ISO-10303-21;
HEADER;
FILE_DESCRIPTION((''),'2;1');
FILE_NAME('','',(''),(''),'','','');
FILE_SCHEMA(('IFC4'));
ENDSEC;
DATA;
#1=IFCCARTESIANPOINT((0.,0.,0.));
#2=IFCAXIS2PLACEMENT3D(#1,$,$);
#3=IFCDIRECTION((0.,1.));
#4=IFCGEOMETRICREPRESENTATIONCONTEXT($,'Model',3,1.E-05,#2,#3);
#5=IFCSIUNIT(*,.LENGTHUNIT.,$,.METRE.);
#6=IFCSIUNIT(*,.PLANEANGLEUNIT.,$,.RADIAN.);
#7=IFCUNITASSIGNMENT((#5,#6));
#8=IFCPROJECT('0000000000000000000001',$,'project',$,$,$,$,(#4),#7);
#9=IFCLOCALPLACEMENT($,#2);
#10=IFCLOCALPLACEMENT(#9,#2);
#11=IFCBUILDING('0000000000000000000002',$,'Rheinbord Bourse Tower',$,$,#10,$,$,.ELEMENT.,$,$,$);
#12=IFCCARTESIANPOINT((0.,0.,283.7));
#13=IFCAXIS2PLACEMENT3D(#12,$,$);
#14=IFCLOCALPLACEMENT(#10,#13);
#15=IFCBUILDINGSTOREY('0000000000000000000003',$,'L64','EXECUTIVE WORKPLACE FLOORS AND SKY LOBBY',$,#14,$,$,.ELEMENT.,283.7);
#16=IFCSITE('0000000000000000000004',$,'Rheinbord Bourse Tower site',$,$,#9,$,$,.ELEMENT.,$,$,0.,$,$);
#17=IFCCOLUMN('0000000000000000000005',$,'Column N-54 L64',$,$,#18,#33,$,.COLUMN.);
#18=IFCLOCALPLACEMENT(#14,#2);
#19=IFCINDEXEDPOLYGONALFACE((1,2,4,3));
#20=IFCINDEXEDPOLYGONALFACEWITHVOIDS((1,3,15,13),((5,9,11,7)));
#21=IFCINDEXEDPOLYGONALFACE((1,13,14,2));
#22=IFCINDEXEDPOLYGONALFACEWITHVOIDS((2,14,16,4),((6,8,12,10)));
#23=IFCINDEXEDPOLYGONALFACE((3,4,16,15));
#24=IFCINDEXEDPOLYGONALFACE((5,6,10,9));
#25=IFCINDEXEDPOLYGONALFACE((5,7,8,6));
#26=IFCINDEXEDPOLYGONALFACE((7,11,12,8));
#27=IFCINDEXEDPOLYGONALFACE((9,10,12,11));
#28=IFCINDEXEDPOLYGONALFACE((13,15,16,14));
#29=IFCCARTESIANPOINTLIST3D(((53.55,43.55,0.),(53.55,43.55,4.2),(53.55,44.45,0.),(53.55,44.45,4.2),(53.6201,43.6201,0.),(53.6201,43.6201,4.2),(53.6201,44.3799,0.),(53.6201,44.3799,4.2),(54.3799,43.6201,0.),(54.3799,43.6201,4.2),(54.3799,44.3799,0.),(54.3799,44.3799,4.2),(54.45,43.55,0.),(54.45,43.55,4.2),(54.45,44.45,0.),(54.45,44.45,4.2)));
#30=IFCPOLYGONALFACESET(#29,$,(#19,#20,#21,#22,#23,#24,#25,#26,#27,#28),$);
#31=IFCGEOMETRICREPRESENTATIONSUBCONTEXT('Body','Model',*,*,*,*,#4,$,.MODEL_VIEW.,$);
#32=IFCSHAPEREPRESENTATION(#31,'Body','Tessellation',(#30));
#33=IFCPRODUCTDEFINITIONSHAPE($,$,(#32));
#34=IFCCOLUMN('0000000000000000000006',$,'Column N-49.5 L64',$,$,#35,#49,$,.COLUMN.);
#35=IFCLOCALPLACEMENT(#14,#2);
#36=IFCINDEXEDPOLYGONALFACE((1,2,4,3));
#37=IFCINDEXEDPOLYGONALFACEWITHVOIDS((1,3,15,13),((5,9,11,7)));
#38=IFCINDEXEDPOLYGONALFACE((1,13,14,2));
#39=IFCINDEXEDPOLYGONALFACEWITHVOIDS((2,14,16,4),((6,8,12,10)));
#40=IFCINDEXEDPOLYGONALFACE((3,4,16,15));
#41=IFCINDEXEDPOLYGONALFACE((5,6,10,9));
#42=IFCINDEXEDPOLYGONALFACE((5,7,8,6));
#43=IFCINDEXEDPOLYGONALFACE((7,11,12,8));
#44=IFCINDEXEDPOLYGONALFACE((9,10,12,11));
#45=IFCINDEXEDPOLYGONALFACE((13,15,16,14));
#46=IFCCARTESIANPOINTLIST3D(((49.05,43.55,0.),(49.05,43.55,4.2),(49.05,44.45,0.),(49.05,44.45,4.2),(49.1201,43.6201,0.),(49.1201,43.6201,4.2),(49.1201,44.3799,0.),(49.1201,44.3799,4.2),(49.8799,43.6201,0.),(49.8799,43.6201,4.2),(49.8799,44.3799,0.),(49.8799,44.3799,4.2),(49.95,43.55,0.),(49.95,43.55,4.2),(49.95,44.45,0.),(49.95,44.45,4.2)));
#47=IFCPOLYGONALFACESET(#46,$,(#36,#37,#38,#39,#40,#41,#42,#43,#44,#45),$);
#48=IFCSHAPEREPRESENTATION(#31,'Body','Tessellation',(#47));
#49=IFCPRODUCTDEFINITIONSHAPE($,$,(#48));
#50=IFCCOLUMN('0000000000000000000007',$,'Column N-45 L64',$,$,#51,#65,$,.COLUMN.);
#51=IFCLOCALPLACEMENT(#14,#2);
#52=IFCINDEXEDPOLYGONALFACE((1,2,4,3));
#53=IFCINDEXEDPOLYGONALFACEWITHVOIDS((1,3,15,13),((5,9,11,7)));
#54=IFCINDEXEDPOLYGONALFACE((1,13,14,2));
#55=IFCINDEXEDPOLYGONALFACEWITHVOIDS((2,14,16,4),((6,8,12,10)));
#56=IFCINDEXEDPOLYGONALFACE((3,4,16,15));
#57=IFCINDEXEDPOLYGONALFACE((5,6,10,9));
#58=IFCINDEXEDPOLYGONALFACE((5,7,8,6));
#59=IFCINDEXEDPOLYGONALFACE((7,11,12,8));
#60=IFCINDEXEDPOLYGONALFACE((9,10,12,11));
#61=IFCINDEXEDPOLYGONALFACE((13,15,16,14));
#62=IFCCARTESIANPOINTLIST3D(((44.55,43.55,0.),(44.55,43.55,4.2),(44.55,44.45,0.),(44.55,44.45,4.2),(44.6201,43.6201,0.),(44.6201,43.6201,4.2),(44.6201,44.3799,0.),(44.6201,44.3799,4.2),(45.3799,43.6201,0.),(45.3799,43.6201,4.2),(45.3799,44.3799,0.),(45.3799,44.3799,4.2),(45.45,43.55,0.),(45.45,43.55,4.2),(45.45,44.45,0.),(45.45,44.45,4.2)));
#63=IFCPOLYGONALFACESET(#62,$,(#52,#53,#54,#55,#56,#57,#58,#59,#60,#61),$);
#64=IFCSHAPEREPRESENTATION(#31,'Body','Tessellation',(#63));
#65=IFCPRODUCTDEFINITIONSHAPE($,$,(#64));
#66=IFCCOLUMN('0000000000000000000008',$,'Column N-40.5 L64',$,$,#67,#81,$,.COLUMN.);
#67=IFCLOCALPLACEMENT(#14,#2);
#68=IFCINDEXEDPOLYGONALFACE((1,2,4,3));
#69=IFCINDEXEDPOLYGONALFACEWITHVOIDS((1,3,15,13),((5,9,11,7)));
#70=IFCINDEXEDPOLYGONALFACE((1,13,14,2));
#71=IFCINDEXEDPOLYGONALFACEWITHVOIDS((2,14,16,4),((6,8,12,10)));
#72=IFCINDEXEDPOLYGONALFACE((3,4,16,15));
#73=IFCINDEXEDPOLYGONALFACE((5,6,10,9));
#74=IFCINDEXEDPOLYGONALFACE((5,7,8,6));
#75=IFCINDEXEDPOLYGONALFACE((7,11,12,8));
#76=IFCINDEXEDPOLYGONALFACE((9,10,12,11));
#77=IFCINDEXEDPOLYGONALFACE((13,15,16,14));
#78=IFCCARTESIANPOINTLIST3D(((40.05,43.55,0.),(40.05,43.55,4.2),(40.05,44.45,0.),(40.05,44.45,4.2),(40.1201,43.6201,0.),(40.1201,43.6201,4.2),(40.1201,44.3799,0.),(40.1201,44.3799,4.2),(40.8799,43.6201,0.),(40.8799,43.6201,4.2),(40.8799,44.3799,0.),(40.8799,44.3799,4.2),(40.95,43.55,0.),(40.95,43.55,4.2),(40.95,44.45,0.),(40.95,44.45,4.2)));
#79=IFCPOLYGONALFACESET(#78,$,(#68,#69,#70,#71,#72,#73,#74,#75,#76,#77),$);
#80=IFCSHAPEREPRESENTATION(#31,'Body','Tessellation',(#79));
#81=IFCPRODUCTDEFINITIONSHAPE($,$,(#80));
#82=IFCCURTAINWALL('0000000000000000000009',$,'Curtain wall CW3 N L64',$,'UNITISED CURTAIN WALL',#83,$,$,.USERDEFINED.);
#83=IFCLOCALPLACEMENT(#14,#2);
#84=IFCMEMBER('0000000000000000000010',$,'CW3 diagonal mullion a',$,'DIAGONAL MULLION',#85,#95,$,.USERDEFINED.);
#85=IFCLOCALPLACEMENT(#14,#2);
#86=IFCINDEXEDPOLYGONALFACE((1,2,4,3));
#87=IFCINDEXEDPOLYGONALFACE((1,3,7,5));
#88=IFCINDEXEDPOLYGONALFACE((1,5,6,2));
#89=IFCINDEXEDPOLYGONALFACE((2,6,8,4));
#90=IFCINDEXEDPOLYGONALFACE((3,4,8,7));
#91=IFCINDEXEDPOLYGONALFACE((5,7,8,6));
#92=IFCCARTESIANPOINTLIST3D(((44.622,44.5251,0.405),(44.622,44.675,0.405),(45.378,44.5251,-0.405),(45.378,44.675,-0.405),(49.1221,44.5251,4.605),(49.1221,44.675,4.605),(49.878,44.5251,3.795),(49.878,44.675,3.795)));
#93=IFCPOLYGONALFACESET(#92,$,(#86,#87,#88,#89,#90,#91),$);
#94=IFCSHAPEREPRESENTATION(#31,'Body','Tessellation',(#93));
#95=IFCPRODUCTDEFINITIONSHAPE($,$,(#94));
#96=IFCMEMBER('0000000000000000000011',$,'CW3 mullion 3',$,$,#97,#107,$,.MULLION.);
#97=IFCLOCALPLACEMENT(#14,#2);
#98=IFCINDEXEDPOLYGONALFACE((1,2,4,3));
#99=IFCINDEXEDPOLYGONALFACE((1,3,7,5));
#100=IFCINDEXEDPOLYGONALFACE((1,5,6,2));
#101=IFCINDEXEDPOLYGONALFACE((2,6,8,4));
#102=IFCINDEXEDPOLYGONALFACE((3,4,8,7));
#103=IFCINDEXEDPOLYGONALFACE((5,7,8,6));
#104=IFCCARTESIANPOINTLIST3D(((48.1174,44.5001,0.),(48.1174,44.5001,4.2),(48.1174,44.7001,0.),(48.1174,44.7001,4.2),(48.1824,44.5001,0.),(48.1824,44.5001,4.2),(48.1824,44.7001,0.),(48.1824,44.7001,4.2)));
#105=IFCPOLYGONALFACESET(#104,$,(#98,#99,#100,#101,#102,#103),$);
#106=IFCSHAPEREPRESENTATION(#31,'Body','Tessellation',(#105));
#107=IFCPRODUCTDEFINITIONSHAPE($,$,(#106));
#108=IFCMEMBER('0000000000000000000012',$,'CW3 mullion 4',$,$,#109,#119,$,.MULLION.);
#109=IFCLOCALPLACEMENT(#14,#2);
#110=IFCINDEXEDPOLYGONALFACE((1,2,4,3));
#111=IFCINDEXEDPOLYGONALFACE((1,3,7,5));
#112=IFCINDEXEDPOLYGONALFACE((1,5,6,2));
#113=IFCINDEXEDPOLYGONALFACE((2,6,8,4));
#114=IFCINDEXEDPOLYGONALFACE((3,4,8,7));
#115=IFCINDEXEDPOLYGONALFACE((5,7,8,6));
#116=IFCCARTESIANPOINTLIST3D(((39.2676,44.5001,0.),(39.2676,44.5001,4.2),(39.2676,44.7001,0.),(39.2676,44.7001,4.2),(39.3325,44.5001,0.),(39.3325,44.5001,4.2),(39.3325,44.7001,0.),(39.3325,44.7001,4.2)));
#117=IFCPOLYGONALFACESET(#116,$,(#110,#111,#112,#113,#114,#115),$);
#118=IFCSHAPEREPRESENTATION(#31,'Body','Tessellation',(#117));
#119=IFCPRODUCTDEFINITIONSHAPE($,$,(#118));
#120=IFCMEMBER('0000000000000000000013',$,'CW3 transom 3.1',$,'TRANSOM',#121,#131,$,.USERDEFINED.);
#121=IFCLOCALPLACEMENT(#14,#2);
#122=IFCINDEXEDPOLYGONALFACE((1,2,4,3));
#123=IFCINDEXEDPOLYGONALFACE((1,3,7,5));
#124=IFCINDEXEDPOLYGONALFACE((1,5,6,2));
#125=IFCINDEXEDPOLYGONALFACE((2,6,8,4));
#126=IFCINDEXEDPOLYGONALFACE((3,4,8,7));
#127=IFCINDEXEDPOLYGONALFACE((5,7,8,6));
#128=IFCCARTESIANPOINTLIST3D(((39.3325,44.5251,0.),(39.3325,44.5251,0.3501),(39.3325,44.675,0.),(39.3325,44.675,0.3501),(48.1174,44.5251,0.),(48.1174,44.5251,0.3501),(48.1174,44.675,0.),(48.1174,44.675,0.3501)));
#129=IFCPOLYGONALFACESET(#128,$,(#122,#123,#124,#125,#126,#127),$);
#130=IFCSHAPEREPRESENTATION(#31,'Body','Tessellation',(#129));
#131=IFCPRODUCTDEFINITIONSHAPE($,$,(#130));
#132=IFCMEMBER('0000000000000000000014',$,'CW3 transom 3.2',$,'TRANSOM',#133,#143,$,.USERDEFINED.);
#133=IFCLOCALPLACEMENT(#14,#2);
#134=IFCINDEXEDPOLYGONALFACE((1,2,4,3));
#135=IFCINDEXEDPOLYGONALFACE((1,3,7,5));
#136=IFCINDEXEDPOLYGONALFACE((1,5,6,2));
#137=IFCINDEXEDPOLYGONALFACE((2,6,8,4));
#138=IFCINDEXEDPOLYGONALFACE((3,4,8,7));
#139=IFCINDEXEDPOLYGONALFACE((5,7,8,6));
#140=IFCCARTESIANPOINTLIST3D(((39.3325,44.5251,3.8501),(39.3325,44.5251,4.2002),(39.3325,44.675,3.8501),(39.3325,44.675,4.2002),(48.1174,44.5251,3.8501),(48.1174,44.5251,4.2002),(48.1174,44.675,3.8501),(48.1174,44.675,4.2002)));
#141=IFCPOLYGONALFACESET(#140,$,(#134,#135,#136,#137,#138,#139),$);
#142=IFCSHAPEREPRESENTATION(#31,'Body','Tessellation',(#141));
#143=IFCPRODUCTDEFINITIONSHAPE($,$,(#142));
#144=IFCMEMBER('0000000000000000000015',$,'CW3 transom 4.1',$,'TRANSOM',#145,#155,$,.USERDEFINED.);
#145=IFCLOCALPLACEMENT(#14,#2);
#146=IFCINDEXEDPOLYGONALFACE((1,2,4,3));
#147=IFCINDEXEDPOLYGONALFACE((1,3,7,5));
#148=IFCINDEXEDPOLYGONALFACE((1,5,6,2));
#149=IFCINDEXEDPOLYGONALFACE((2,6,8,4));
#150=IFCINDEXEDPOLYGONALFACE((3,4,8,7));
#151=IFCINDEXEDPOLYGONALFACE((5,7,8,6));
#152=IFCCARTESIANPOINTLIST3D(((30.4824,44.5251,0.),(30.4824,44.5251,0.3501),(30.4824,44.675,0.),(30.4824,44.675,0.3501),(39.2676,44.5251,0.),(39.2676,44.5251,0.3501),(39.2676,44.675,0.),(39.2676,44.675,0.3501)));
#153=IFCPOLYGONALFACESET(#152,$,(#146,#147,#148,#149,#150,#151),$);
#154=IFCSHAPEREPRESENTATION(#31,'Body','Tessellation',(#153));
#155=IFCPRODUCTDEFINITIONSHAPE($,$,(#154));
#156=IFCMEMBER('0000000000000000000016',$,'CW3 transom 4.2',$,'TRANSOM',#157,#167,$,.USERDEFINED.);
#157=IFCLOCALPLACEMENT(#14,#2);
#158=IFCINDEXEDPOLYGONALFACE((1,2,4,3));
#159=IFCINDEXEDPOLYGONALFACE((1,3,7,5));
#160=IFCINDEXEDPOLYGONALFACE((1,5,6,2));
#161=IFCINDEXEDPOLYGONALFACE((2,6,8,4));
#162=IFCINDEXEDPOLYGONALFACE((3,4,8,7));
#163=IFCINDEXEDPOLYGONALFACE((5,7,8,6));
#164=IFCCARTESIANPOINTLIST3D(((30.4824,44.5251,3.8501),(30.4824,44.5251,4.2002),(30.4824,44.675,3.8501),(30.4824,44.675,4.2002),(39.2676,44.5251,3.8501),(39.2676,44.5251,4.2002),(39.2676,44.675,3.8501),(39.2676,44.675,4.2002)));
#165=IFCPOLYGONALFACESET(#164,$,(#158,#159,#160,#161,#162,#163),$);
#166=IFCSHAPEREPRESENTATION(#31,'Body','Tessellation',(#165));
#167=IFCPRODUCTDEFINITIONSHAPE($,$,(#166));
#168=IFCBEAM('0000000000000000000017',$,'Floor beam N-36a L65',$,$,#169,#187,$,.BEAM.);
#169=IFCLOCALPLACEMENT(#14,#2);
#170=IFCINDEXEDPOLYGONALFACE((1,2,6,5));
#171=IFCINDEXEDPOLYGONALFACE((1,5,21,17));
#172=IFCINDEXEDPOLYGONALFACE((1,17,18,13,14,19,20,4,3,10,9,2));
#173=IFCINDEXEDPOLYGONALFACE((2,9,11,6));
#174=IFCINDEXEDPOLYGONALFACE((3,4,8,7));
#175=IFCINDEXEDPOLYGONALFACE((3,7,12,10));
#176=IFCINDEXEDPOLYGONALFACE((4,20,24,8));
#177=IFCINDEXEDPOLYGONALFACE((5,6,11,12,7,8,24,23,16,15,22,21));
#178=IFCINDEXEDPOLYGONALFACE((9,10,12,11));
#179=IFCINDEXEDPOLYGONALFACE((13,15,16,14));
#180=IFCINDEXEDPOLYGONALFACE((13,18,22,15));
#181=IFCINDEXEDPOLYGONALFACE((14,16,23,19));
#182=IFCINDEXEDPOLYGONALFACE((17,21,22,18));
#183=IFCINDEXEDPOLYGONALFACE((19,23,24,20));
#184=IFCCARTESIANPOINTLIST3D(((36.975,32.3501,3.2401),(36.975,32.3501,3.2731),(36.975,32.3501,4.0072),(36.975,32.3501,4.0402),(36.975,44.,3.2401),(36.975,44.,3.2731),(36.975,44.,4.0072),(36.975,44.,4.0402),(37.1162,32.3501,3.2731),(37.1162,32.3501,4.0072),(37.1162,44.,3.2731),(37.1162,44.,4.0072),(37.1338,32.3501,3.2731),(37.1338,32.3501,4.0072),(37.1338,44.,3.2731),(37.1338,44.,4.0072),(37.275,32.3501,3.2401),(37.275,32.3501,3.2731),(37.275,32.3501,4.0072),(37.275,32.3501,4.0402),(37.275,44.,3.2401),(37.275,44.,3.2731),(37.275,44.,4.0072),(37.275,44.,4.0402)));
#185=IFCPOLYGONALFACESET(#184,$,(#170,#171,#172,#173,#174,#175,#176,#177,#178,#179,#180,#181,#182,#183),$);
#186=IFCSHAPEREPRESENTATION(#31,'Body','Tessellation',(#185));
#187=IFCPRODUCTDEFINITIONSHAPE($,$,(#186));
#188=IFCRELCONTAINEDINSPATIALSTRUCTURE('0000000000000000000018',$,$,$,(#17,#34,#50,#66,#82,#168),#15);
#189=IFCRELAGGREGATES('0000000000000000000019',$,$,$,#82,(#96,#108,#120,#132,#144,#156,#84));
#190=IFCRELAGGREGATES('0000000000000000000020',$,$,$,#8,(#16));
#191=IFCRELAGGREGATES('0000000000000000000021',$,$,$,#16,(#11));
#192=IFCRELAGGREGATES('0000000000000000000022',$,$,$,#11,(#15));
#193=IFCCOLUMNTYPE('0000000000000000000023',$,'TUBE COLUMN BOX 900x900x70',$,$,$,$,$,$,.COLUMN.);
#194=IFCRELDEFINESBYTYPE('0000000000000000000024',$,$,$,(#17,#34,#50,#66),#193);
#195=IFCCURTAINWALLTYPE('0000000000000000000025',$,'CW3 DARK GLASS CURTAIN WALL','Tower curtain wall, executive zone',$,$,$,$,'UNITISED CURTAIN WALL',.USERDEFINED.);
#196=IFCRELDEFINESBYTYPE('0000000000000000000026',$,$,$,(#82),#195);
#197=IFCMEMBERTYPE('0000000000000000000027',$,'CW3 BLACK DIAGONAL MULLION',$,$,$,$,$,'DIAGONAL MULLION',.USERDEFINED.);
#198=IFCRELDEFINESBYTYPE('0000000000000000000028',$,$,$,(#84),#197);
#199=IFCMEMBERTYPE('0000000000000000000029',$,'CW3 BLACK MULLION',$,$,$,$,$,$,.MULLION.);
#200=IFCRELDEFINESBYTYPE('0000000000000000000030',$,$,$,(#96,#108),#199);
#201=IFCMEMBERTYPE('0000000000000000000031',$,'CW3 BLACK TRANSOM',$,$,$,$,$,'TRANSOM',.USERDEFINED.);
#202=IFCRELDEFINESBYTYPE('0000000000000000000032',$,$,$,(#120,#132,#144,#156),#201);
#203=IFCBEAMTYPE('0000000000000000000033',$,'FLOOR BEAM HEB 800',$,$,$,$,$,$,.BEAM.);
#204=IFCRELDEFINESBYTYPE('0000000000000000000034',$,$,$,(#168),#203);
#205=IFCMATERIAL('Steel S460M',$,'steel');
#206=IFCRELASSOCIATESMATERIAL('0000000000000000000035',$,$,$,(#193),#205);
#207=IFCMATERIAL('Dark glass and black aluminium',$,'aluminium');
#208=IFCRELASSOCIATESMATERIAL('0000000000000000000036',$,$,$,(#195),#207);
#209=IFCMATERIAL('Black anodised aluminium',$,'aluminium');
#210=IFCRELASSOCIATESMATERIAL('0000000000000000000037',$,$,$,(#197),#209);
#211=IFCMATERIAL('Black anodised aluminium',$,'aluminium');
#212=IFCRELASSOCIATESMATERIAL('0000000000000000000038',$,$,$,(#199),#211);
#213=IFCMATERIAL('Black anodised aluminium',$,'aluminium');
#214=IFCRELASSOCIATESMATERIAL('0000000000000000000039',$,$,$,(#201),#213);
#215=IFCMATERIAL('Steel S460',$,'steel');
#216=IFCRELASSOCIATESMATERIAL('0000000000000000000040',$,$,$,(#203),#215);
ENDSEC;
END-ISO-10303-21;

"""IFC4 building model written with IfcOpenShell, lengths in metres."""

from ifc_helpers import new_model, si_unit, direction, frame, origin, origin_2d, place, context, subcontext, project, spatial, rectangle, hollow_rectangle, i_section, extrude, material, material_profile, profile_set, type_object, element, aggregate, save


model = new_model("IFC4")

# Units and contexts
model_context = context("Model", 3, precision=1e-05, world=origin(), true_north=direction((0.0, 1.0)))
body_context = subcontext(model_context, "Body", "Model", "MODEL_VIEW")
ifc_project = project(units=[si_unit("LENGTHUNIT", "METRE"), si_unit("PLANEANGLEUNIT", "RADIAN")], contexts=[model_context])

# Site, building, storey
site_placement = place(None, origin())
site = spatial("IfcSite", under=ifc_project, at=site_placement, Name="Rheinbord Bourse Tower site", CompositionType="ELEMENT", RefElevation=0.0)
building_placement = place(site_placement, origin())
building = spatial("IfcBuilding", under=site, at=building_placement, Name="Rheinbord Bourse Tower", CompositionType="ELEMENT")
storey_placement = place(building_placement, frame((0.0, 0.0, 283.7)))
storey = spatial("IfcBuildingStorey", under=building, at=storey_placement, Name="L64", Description="EXECUTIVE WORKPLACE FLOORS AND SKY LOBBY", CompositionType="ELEMENT", Elevation=283.7)

# Columns
ifc_material_1 = material(Name="Steel S460M", Category="steel")
ifc_material_profile_1 = material_profile(ifc_material_1, hollow_rectangle(XDim=0.8999, YDim=0.8999, WallThickness=0.0701, at=origin_2d()), Name="BOX 900x900x70")
ifc_profile_set_1 = profile_set([ifc_material_profile_1], Name="Steel S460M")
column_type = type_object("IfcColumnType", Name="TUBE COLUMN BOX 900x900x70", PredefinedType="COLUMN", material=ifc_profile_set_1)
for number, where, z_axis, x_axis, name in (
    (1, (54.0, 44.0, 0.0), (0.0, 0.0, 1.0), (0.0, 1.0, 0.0), "Column N-54 L64"),
    (2, (49.5, 44.0, 0.0), (0.0, 0.0, 1.0), (0.0, 1.0, 0.0), "Column N-49.5 L64"),
    (3, (45.0, 44.0, 0.0), (0.0, 0.0, 1.0), (0.0, 1.0, 0.0), "Column N-45 L64"),
    (4, (40.5, 44.0, 0.0), (0.0, 0.0, 1.0), (0.0, 1.0, 0.0), "Column N-40.5 L64"),
):
    element("IfcColumn", number, at=place(storey_placement, frame(where, z_axis=z_axis, x_axis=x_axis)), inside=storey, type_object=column_type, Name=name, PredefinedType="COLUMN", context=body_context, shape_type="SweptSolid", body=[
        extrude(hollow_rectangle(XDim=0.8999, YDim=0.8999, WallThickness=0.0701, at=origin_2d()), origin(), (0.0, 0.0, 1.0), 4.2),
    ])

# Curtain wall, members
ifc_material_2 = material(Name="Dark glass and black aluminium", Category="aluminium")
curtain_wall_type = type_object("IfcCurtainWallType", Name="CW3 DARK GLASS CURTAIN WALL", Description="Tower curtain wall, executive zone", ElementType="UNITISED CURTAIN WALL", PredefinedType="USERDEFINED", material=ifc_material_2)
curtain_wall_placement = place(storey_placement, origin())
curtain_wall = element("IfcCurtainWall", 5, at=curtain_wall_placement, inside=storey, type_object=curtain_wall_type, Name="Curtain wall CW3 N L64", ObjectType="UNITISED CURTAIN WALL", PredefinedType="USERDEFINED")
ifc_material_3 = material(Name="Black anodised aluminium", Category="aluminium")
ifc_material_profile_2 = material_profile(ifc_material_3, rectangle(XDim=0.1499, YDim=1.1079, at=origin_2d()), Name="CW3 DIAGONAL MULLION 1108x150")
ifc_profile_set_2 = profile_set([ifc_material_profile_2], Name="Black anodised aluminium")
member_type_1 = type_object("IfcMemberType", Name="CW3 BLACK DIAGONAL MULLION", ElementType="DIAGONAL MULLION", PredefinedType="USERDEFINED", material=ifc_profile_set_2)
member_1_placement = place(storey_placement, frame((45.0, 44.6001, 0.0), z_axis=(0.731059, 0.0, 0.682314), x_axis=(0.0, 1.0, 0.0)))
member_1 = element("IfcMember", 6, at=member_1_placement, type_object=member_type_1, Name="CW3 diagonal mullion a", ObjectType="DIAGONAL MULLION", PredefinedType="USERDEFINED", context=body_context, shape_type="SweptSolid", body=[
    extrude(rectangle(XDim=0.1499, YDim=1.1079, at=origin_2d()), origin(), (0.0, 0.0, 1.0), 6.1555),
])
ifc_material_4 = material(Name="Black anodised aluminium", Category="aluminium")
ifc_material_profile_3 = material_profile(ifc_material_4, rectangle(XDim=0.2, YDim=0.0649, at=origin_2d()), Name="CW3 MULLION 65x200")
ifc_profile_set_3 = profile_set([ifc_material_profile_3], Name="Black anodised aluminium")
member_type_2 = type_object("IfcMemberType", Name="CW3 BLACK MULLION", PredefinedType="MULLION", material=ifc_profile_set_3)
member_2_placement = place(storey_placement, frame((48.1499, 44.6001, 0.0), z_axis=(0.0, 0.0, 1.0), x_axis=(0.0, -1.0, 0.0)))
member_2 = element("IfcMember", 7, at=member_2_placement, type_object=member_type_2, Name="CW3 mullion 3", PredefinedType="MULLION", context=body_context, shape_type="SweptSolid", body=[
    extrude(rectangle(XDim=0.2, YDim=0.0649, at=origin_2d()), origin(), (0.0, 0.0, 1.0), 4.2),
])
member_3_placement = place(storey_placement, frame((39.3, 44.6001, 0.0), z_axis=(0.0, 0.0, 1.0), x_axis=(0.0, -1.0, 0.0)))
member_3 = element("IfcMember", 8, at=member_3_placement, type_object=member_type_2, Name="CW3 mullion 4", PredefinedType="MULLION", context=body_context, shape_type="SweptSolid", body=[
    extrude(rectangle(XDim=0.2, YDim=0.0649, at=origin_2d()), origin(), (0.0, 0.0, 1.0), 4.2),
])
ifc_material_5 = material(Name="Black anodised aluminium", Category="aluminium")
ifc_material_profile_4 = material_profile(ifc_material_5, rectangle(XDim=0.1499, YDim=0.3501, at=origin_2d()), Name="CW3 TRANSOM 350x150")
ifc_profile_set_4 = profile_set([ifc_material_profile_4], Name="Black anodised aluminium")
member_type_3 = type_object("IfcMemberType", Name="CW3 BLACK TRANSOM", ElementType="TRANSOM", PredefinedType="USERDEFINED", material=ifc_profile_set_4)
member_4_placement = place(storey_placement, frame((48.1174, 44.6001, 0.175), z_axis=(-1.0, 0.0, 0.0), x_axis=(0.0, -1.0, 0.0)))
member_4 = element("IfcMember", 9, at=member_4_placement, type_object=member_type_3, Name="CW3 transom 3.1", ObjectType="TRANSOM", PredefinedType="USERDEFINED", context=body_context, shape_type="SweptSolid", body=[
    extrude(rectangle(XDim=0.1499, YDim=0.3501, at=origin_2d()), origin(), (0.0, 0.0, 1.0), 8.7849),
])
member_5_placement = place(storey_placement, frame((48.1174, 44.6001, 4.0251), z_axis=(-1.0, 0.0, 0.0), x_axis=(0.0, -1.0, 0.0)))
member_5 = element("IfcMember", 10, at=member_5_placement, type_object=member_type_3, Name="CW3 transom 3.2", ObjectType="TRANSOM", PredefinedType="USERDEFINED", context=body_context, shape_type="SweptSolid", body=[
    extrude(rectangle(XDim=0.1499, YDim=0.3501, at=origin_2d()), origin(), (0.0, 0.0, 1.0), 8.7849),
])
member_6_placement = place(storey_placement, frame((39.2676, 44.6001, 0.175), z_axis=(-1.0, 0.0, 0.0), x_axis=(0.0, -1.0, 0.0)))
member_6 = element("IfcMember", 11, at=member_6_placement, type_object=member_type_3, Name="CW3 transom 4.1", ObjectType="TRANSOM", PredefinedType="USERDEFINED", context=body_context, shape_type="SweptSolid", body=[
    extrude(rectangle(XDim=0.1499, YDim=0.3501, at=origin_2d()), origin(), (0.0, 0.0, 1.0), 8.7852),
])
member_7_placement = place(storey_placement, frame((39.2676, 44.6001, 4.0251), z_axis=(-1.0, 0.0, 0.0), x_axis=(0.0, -1.0, 0.0)))
member_7 = element("IfcMember", 12, at=member_7_placement, type_object=member_type_3, Name="CW3 transom 4.2", ObjectType="TRANSOM", PredefinedType="USERDEFINED", context=body_context, shape_type="SweptSolid", body=[
    extrude(rectangle(XDim=0.1499, YDim=0.3501, at=origin_2d()), origin(), (0.0, 0.0, 1.0), 8.7852),
])

# Beam
ifc_material_6 = material(Name="Steel S460", Category="steel")
ifc_material_profile_5 = material_profile(ifc_material_6, i_section(OverallWidth=0.3, OverallDepth=0.8, WebThickness=0.0176, FlangeThickness=0.033, at=origin_2d()), Name="HEB 800")
ifc_profile_set_5 = profile_set([ifc_material_profile_5], Name="Steel S460")
beam_type_1 = type_object("IfcBeamType", Name="FLOOR BEAM HEB 800", PredefinedType="BEAM", material=ifc_profile_set_5)
for number, where, z_axis, x_axis, name in (
    (13, (37.125, 44.0, 3.6401), (0.0, -1.0, 0.0), (1.0, 0.0, 0.0), "Floor beam N-36a L65"),
):
    element("IfcBeam", number, at=place(storey_placement, frame(where, z_axis=z_axis, x_axis=x_axis)), inside=storey, type_object=beam_type_1, Name=name, PredefinedType="BEAM", context=body_context, shape_type="SweptSolid", body=[
        extrude(i_section(OverallWidth=0.3, OverallDepth=0.8, WebThickness=0.0176, FlangeThickness=0.033, at=origin_2d()), origin(), (0.0, 0.0, 1.0), 11.6499),
    ])

aggregate(curtain_wall, [member_2, member_3, member_4, member_5, member_6, member_7, member_1])

save(model, "model.ifc")
